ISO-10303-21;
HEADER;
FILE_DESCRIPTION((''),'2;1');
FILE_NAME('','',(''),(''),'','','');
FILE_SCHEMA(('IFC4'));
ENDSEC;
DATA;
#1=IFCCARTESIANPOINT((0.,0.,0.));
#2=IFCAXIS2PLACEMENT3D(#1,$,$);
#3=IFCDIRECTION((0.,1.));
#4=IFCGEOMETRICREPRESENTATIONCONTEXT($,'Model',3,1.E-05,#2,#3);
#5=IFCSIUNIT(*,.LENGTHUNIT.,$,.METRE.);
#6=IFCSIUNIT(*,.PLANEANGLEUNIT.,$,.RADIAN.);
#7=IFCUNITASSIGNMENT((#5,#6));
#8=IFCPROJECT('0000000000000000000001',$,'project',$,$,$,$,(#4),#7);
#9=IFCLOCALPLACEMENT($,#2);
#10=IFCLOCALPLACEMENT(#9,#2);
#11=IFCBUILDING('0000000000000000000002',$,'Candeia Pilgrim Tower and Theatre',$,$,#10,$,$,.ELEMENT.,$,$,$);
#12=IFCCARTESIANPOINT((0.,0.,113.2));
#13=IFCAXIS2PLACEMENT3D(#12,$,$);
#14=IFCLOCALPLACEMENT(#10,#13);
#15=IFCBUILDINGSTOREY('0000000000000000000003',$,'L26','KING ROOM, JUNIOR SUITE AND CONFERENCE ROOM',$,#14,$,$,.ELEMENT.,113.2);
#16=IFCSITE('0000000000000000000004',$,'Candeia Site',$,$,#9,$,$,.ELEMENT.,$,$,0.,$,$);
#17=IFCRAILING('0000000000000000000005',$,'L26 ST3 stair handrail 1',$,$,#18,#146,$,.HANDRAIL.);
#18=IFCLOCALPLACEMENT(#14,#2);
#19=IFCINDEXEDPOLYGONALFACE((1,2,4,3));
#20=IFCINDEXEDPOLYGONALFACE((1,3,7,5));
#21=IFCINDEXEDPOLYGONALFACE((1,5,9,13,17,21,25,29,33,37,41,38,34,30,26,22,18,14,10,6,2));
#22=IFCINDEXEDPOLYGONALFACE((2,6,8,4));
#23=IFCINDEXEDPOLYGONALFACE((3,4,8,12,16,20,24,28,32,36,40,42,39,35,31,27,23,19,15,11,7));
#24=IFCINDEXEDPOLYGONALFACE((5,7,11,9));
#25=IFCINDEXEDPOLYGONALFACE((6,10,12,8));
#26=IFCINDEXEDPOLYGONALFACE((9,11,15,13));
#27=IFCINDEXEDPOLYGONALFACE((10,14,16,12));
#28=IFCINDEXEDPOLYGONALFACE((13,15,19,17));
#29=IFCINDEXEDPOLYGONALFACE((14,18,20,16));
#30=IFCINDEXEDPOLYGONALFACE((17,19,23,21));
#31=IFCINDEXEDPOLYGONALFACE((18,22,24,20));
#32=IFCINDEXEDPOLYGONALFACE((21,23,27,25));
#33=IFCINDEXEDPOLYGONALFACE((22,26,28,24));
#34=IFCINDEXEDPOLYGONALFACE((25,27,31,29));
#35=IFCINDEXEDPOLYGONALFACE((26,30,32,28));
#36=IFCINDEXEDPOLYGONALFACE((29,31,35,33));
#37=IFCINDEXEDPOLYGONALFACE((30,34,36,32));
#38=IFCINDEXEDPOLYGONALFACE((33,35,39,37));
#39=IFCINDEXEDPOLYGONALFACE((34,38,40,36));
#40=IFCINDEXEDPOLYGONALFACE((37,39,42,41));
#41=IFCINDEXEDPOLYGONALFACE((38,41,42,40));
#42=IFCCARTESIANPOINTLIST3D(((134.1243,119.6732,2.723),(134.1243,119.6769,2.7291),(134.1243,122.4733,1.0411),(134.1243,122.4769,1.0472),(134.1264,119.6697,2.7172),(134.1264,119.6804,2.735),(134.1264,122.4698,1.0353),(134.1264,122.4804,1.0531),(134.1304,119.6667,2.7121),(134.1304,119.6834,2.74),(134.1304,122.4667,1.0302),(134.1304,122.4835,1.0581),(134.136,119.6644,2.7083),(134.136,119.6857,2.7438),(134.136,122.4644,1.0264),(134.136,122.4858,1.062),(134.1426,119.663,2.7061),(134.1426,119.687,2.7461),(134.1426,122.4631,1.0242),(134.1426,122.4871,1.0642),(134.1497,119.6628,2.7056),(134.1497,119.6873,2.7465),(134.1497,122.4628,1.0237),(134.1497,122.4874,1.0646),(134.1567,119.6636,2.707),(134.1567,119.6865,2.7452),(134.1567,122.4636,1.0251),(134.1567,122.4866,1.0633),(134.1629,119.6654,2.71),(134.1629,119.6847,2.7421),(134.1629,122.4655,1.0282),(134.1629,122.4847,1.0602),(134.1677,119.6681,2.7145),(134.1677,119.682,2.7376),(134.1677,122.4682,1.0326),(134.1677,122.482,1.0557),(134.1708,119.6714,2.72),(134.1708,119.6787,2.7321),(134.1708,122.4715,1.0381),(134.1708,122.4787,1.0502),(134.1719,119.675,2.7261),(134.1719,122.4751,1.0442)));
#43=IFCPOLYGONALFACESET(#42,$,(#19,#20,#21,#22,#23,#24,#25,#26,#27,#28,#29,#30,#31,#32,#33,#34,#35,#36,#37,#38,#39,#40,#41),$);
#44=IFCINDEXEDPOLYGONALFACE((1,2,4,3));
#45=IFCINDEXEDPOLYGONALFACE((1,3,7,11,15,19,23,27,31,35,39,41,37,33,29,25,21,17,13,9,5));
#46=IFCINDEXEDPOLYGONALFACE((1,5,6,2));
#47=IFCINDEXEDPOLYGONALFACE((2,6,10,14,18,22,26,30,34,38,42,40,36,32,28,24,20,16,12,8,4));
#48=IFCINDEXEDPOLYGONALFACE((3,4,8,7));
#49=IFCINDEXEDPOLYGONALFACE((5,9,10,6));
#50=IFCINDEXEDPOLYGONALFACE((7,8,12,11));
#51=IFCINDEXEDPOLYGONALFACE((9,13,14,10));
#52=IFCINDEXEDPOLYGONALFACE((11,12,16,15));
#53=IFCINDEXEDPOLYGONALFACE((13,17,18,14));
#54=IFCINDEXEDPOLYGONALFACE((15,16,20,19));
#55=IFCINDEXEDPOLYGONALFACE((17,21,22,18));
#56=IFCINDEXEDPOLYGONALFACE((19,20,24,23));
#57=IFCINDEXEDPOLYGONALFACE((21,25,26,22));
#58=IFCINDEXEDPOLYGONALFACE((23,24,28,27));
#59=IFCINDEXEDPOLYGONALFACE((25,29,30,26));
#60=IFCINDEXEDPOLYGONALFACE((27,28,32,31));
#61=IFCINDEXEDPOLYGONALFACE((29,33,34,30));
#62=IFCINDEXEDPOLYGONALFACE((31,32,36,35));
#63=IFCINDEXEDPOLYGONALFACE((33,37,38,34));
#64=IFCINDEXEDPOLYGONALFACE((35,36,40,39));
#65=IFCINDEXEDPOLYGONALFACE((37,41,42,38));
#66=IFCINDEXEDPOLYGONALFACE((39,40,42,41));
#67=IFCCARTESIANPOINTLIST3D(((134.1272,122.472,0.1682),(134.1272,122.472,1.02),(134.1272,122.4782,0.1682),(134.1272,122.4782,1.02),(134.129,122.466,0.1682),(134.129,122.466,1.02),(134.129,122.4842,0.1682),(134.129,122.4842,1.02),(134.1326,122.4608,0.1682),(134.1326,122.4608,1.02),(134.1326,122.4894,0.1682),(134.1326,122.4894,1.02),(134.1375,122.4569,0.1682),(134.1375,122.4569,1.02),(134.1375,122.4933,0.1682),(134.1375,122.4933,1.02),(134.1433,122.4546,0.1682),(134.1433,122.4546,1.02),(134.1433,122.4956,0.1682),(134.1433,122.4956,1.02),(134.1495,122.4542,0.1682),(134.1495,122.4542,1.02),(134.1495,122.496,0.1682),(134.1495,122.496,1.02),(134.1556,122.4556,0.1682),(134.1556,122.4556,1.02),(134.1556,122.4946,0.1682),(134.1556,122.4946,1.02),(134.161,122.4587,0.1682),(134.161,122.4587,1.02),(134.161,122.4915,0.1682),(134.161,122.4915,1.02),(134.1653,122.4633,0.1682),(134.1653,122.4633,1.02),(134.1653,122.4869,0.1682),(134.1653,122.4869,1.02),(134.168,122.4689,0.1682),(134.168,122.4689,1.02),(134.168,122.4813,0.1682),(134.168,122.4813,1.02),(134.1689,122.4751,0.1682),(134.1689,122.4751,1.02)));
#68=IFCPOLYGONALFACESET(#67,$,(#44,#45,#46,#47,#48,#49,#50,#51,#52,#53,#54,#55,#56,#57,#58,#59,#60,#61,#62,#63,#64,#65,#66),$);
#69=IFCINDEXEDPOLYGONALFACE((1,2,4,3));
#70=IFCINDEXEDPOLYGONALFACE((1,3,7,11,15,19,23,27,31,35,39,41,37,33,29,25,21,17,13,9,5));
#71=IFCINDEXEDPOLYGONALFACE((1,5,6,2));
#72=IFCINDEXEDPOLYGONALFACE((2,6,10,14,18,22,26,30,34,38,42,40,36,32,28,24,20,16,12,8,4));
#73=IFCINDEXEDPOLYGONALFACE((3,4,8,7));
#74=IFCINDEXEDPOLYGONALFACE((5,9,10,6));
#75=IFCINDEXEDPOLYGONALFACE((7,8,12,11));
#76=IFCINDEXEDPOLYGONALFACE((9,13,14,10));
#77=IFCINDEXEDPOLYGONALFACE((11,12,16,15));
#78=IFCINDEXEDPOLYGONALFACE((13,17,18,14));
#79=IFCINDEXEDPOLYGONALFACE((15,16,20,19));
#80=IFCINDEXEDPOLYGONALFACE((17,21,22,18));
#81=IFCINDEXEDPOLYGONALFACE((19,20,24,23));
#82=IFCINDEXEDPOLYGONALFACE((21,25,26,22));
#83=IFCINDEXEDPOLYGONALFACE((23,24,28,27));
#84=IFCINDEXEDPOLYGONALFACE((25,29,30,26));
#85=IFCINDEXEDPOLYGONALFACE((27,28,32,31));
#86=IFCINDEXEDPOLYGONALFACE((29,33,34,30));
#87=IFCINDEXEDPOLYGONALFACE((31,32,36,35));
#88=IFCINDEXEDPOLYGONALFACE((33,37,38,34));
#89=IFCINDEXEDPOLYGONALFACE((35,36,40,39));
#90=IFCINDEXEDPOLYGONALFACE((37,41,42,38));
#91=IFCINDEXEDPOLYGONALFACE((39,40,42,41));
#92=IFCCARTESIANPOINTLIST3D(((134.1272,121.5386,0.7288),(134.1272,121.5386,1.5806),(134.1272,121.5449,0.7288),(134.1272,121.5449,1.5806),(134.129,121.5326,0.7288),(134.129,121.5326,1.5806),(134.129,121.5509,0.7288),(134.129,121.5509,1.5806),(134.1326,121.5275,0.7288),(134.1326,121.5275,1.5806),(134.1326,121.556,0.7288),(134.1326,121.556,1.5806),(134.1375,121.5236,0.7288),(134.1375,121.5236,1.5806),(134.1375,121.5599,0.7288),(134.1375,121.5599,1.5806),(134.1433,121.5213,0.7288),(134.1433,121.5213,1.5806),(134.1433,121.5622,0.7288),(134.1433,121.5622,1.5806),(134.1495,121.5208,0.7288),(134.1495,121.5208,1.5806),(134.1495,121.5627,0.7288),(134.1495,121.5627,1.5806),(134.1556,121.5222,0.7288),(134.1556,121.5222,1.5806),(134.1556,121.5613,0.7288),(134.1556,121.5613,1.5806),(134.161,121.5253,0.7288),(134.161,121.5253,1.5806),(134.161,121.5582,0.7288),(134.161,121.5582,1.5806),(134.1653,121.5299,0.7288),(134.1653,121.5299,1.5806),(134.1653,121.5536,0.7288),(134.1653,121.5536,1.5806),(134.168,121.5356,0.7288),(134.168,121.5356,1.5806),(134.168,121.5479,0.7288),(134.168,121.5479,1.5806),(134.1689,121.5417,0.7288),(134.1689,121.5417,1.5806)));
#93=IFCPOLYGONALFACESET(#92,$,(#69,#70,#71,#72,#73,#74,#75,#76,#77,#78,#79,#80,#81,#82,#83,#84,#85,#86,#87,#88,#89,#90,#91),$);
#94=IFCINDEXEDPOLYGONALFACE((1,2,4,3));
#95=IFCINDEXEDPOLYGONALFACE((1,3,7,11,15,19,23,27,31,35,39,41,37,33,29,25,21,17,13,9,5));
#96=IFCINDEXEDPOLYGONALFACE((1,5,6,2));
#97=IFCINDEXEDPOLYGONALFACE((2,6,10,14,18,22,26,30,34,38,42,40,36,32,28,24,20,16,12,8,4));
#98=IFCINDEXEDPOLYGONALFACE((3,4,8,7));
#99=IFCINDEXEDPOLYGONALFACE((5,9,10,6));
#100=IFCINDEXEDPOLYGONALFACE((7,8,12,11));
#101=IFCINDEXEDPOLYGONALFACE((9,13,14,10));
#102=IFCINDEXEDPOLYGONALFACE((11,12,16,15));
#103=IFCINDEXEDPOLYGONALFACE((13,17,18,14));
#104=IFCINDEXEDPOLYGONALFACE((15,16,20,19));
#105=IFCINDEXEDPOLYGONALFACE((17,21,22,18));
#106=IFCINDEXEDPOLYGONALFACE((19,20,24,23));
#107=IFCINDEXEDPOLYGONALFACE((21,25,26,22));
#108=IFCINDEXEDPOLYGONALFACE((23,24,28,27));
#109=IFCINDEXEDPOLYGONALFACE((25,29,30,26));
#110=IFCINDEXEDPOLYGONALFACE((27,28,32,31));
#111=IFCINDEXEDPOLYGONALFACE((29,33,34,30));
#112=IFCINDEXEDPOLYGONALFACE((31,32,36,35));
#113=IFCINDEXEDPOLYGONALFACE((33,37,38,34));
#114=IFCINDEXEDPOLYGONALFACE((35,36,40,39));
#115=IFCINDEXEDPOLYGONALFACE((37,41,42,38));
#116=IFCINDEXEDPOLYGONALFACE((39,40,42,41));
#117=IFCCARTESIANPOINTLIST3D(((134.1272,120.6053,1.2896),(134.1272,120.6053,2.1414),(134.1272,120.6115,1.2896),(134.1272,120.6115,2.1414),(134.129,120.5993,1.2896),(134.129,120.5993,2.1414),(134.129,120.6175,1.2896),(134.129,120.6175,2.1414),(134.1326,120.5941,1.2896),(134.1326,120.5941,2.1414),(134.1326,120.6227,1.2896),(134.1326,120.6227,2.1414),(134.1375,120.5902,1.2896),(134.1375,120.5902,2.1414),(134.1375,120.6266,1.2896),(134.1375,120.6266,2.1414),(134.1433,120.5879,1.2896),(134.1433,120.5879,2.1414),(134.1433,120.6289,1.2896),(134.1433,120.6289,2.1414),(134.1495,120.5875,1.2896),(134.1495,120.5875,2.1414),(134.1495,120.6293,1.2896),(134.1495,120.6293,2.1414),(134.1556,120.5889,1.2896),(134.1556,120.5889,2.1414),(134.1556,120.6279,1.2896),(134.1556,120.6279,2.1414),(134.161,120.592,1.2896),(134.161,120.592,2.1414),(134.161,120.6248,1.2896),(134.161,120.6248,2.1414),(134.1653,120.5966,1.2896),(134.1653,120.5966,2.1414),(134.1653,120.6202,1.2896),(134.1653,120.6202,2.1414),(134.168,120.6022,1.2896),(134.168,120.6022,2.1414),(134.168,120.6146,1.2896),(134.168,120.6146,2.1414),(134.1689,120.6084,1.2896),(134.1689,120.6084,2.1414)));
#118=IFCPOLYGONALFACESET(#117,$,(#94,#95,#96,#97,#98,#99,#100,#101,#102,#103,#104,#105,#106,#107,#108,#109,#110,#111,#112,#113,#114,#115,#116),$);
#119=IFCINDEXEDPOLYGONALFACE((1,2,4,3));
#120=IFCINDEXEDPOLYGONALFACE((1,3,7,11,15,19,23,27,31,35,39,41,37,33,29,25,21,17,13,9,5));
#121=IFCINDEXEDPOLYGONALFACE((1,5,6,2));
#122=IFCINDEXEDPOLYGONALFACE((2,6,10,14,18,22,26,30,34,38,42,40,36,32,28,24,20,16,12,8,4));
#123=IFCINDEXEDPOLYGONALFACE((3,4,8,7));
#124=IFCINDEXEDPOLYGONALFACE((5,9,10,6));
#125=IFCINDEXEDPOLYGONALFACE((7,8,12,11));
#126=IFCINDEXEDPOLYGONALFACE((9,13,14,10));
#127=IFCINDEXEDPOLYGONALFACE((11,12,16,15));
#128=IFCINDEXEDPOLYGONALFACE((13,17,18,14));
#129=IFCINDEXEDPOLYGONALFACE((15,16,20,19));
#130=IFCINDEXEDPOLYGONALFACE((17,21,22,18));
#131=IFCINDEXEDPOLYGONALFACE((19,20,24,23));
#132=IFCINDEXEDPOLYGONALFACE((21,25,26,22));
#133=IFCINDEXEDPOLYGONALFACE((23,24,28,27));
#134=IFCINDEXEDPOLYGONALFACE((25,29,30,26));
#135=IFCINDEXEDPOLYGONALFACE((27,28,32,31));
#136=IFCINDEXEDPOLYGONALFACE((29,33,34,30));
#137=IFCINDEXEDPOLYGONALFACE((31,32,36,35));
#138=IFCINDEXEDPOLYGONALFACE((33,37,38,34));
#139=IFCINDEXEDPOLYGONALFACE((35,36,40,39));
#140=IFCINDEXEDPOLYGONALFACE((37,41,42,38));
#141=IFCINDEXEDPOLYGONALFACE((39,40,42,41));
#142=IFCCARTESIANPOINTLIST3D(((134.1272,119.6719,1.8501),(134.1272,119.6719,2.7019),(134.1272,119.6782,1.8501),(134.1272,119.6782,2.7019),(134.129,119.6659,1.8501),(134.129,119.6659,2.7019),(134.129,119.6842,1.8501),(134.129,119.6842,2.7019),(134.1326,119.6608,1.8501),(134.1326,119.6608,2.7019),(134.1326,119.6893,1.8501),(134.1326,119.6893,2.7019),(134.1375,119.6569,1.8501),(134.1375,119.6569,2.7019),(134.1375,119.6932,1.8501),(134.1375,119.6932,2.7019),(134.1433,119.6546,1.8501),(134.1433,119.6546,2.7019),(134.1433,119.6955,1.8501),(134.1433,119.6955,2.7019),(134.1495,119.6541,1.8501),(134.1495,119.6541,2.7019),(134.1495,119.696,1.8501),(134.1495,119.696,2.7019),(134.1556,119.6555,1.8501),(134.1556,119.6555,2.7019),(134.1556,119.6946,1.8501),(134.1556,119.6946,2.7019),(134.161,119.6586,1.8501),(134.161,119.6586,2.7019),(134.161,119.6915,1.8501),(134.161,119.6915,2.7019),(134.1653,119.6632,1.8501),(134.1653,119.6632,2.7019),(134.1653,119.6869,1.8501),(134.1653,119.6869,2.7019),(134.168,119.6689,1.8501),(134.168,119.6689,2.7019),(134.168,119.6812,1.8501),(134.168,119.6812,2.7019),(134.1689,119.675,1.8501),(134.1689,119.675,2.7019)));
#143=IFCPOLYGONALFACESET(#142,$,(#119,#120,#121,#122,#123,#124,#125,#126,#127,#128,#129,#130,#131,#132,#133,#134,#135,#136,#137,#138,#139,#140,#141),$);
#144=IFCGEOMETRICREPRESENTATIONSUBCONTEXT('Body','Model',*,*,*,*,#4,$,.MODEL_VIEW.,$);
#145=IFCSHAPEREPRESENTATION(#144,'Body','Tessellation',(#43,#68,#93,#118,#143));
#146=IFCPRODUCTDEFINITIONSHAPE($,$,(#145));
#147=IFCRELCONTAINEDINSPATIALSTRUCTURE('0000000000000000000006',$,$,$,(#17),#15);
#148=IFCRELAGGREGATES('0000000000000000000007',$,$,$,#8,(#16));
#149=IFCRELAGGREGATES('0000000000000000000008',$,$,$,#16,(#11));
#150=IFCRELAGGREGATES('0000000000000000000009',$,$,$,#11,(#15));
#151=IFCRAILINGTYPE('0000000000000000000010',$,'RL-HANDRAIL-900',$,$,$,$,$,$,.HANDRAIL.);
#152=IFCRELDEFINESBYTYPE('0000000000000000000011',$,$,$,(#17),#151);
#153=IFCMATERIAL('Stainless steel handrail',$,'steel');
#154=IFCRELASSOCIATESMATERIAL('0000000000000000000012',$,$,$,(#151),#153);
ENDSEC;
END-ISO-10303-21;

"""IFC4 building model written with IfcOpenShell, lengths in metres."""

from ifc_helpers import new_model, si_unit, direction, frame, origin, origin_2d, place, context, subcontext, project, spatial, circle, extrude, material, type_object, element, save


model = new_model("IFC4")

# Units and contexts
model_context = context("Model", 3, precision=1e-05, world=origin(), true_north=direction((0.0, 1.0)))
body_context = subcontext(model_context, "Body", "Model", "MODEL_VIEW")
ifc_project = project(units=[si_unit("LENGTHUNIT", "METRE"), si_unit("PLANEANGLEUNIT", "RADIAN")], contexts=[model_context])

# Site, building, storey
site_placement = place(None, origin())
site = spatial("IfcSite", under=ifc_project, at=site_placement, Name="Candeia Site", CompositionType="ELEMENT", RefElevation=0.0)
building_placement = place(site_placement, origin())
building = spatial("IfcBuilding", under=site, at=building_placement, Name="Candeia Pilgrim Tower and Theatre", CompositionType="ELEMENT")
storey_placement = place(building_placement, frame((0.0, 0.0, 113.2)))
storey = spatial("IfcBuildingStorey", under=building, at=storey_placement, Name="L26", Description="KING ROOM, JUNIOR SUITE AND CONFERENCE ROOM", CompositionType="ELEMENT", Elevation=113.2)

# Railing
ifc_material_1 = material(Name="Stainless steel handrail", Category="steel")
railing_type_1 = type_object("IfcRailingType", Name="RL-HANDRAIL-900", PredefinedType="HANDRAIL", material=ifc_material_1)
railing_1_placement = place(storey_placement, frame((134.1479, 122.4751, 0.1682)))
element("IfcRailing", 1, at=railing_1_placement, inside=storey, type_object=railing_type_1, Name="L26 ST3 stair handrail 1", PredefinedType="HANDRAIL", context=body_context, shape_type="SweptSolid", body=[
    extrude(circle(Radius=0.0239, at=origin_2d()), frame((0.0, 0.0, 0.876), z_axis=(0.0, -0.857242, 0.514913), x_axis=(1.0, 0.0, 0.0)), (0.0, 0.0, 1.0), 3.2664),
    extrude(circle(Radius=0.021, at=origin_2d()), origin(), (0.0, 0.0, 1.0), 0.8518),
    extrude(circle(Radius=0.021, at=origin_2d()), frame((0.0, -0.9333, 0.5605)), (0.0, 0.0, 1.0), 0.8518),
    extrude(circle(Radius=0.021, at=origin_2d()), frame((0.0, -1.8667, 1.1213)), (0.0, 0.0, 1.0), 0.8518),
    extrude(circle(Radius=0.021, at=origin_2d()), frame((0.0, -2.8, 1.6819)), (0.0, 0.0, 1.0), 0.8518),
])

save(model, "model.ifc")
